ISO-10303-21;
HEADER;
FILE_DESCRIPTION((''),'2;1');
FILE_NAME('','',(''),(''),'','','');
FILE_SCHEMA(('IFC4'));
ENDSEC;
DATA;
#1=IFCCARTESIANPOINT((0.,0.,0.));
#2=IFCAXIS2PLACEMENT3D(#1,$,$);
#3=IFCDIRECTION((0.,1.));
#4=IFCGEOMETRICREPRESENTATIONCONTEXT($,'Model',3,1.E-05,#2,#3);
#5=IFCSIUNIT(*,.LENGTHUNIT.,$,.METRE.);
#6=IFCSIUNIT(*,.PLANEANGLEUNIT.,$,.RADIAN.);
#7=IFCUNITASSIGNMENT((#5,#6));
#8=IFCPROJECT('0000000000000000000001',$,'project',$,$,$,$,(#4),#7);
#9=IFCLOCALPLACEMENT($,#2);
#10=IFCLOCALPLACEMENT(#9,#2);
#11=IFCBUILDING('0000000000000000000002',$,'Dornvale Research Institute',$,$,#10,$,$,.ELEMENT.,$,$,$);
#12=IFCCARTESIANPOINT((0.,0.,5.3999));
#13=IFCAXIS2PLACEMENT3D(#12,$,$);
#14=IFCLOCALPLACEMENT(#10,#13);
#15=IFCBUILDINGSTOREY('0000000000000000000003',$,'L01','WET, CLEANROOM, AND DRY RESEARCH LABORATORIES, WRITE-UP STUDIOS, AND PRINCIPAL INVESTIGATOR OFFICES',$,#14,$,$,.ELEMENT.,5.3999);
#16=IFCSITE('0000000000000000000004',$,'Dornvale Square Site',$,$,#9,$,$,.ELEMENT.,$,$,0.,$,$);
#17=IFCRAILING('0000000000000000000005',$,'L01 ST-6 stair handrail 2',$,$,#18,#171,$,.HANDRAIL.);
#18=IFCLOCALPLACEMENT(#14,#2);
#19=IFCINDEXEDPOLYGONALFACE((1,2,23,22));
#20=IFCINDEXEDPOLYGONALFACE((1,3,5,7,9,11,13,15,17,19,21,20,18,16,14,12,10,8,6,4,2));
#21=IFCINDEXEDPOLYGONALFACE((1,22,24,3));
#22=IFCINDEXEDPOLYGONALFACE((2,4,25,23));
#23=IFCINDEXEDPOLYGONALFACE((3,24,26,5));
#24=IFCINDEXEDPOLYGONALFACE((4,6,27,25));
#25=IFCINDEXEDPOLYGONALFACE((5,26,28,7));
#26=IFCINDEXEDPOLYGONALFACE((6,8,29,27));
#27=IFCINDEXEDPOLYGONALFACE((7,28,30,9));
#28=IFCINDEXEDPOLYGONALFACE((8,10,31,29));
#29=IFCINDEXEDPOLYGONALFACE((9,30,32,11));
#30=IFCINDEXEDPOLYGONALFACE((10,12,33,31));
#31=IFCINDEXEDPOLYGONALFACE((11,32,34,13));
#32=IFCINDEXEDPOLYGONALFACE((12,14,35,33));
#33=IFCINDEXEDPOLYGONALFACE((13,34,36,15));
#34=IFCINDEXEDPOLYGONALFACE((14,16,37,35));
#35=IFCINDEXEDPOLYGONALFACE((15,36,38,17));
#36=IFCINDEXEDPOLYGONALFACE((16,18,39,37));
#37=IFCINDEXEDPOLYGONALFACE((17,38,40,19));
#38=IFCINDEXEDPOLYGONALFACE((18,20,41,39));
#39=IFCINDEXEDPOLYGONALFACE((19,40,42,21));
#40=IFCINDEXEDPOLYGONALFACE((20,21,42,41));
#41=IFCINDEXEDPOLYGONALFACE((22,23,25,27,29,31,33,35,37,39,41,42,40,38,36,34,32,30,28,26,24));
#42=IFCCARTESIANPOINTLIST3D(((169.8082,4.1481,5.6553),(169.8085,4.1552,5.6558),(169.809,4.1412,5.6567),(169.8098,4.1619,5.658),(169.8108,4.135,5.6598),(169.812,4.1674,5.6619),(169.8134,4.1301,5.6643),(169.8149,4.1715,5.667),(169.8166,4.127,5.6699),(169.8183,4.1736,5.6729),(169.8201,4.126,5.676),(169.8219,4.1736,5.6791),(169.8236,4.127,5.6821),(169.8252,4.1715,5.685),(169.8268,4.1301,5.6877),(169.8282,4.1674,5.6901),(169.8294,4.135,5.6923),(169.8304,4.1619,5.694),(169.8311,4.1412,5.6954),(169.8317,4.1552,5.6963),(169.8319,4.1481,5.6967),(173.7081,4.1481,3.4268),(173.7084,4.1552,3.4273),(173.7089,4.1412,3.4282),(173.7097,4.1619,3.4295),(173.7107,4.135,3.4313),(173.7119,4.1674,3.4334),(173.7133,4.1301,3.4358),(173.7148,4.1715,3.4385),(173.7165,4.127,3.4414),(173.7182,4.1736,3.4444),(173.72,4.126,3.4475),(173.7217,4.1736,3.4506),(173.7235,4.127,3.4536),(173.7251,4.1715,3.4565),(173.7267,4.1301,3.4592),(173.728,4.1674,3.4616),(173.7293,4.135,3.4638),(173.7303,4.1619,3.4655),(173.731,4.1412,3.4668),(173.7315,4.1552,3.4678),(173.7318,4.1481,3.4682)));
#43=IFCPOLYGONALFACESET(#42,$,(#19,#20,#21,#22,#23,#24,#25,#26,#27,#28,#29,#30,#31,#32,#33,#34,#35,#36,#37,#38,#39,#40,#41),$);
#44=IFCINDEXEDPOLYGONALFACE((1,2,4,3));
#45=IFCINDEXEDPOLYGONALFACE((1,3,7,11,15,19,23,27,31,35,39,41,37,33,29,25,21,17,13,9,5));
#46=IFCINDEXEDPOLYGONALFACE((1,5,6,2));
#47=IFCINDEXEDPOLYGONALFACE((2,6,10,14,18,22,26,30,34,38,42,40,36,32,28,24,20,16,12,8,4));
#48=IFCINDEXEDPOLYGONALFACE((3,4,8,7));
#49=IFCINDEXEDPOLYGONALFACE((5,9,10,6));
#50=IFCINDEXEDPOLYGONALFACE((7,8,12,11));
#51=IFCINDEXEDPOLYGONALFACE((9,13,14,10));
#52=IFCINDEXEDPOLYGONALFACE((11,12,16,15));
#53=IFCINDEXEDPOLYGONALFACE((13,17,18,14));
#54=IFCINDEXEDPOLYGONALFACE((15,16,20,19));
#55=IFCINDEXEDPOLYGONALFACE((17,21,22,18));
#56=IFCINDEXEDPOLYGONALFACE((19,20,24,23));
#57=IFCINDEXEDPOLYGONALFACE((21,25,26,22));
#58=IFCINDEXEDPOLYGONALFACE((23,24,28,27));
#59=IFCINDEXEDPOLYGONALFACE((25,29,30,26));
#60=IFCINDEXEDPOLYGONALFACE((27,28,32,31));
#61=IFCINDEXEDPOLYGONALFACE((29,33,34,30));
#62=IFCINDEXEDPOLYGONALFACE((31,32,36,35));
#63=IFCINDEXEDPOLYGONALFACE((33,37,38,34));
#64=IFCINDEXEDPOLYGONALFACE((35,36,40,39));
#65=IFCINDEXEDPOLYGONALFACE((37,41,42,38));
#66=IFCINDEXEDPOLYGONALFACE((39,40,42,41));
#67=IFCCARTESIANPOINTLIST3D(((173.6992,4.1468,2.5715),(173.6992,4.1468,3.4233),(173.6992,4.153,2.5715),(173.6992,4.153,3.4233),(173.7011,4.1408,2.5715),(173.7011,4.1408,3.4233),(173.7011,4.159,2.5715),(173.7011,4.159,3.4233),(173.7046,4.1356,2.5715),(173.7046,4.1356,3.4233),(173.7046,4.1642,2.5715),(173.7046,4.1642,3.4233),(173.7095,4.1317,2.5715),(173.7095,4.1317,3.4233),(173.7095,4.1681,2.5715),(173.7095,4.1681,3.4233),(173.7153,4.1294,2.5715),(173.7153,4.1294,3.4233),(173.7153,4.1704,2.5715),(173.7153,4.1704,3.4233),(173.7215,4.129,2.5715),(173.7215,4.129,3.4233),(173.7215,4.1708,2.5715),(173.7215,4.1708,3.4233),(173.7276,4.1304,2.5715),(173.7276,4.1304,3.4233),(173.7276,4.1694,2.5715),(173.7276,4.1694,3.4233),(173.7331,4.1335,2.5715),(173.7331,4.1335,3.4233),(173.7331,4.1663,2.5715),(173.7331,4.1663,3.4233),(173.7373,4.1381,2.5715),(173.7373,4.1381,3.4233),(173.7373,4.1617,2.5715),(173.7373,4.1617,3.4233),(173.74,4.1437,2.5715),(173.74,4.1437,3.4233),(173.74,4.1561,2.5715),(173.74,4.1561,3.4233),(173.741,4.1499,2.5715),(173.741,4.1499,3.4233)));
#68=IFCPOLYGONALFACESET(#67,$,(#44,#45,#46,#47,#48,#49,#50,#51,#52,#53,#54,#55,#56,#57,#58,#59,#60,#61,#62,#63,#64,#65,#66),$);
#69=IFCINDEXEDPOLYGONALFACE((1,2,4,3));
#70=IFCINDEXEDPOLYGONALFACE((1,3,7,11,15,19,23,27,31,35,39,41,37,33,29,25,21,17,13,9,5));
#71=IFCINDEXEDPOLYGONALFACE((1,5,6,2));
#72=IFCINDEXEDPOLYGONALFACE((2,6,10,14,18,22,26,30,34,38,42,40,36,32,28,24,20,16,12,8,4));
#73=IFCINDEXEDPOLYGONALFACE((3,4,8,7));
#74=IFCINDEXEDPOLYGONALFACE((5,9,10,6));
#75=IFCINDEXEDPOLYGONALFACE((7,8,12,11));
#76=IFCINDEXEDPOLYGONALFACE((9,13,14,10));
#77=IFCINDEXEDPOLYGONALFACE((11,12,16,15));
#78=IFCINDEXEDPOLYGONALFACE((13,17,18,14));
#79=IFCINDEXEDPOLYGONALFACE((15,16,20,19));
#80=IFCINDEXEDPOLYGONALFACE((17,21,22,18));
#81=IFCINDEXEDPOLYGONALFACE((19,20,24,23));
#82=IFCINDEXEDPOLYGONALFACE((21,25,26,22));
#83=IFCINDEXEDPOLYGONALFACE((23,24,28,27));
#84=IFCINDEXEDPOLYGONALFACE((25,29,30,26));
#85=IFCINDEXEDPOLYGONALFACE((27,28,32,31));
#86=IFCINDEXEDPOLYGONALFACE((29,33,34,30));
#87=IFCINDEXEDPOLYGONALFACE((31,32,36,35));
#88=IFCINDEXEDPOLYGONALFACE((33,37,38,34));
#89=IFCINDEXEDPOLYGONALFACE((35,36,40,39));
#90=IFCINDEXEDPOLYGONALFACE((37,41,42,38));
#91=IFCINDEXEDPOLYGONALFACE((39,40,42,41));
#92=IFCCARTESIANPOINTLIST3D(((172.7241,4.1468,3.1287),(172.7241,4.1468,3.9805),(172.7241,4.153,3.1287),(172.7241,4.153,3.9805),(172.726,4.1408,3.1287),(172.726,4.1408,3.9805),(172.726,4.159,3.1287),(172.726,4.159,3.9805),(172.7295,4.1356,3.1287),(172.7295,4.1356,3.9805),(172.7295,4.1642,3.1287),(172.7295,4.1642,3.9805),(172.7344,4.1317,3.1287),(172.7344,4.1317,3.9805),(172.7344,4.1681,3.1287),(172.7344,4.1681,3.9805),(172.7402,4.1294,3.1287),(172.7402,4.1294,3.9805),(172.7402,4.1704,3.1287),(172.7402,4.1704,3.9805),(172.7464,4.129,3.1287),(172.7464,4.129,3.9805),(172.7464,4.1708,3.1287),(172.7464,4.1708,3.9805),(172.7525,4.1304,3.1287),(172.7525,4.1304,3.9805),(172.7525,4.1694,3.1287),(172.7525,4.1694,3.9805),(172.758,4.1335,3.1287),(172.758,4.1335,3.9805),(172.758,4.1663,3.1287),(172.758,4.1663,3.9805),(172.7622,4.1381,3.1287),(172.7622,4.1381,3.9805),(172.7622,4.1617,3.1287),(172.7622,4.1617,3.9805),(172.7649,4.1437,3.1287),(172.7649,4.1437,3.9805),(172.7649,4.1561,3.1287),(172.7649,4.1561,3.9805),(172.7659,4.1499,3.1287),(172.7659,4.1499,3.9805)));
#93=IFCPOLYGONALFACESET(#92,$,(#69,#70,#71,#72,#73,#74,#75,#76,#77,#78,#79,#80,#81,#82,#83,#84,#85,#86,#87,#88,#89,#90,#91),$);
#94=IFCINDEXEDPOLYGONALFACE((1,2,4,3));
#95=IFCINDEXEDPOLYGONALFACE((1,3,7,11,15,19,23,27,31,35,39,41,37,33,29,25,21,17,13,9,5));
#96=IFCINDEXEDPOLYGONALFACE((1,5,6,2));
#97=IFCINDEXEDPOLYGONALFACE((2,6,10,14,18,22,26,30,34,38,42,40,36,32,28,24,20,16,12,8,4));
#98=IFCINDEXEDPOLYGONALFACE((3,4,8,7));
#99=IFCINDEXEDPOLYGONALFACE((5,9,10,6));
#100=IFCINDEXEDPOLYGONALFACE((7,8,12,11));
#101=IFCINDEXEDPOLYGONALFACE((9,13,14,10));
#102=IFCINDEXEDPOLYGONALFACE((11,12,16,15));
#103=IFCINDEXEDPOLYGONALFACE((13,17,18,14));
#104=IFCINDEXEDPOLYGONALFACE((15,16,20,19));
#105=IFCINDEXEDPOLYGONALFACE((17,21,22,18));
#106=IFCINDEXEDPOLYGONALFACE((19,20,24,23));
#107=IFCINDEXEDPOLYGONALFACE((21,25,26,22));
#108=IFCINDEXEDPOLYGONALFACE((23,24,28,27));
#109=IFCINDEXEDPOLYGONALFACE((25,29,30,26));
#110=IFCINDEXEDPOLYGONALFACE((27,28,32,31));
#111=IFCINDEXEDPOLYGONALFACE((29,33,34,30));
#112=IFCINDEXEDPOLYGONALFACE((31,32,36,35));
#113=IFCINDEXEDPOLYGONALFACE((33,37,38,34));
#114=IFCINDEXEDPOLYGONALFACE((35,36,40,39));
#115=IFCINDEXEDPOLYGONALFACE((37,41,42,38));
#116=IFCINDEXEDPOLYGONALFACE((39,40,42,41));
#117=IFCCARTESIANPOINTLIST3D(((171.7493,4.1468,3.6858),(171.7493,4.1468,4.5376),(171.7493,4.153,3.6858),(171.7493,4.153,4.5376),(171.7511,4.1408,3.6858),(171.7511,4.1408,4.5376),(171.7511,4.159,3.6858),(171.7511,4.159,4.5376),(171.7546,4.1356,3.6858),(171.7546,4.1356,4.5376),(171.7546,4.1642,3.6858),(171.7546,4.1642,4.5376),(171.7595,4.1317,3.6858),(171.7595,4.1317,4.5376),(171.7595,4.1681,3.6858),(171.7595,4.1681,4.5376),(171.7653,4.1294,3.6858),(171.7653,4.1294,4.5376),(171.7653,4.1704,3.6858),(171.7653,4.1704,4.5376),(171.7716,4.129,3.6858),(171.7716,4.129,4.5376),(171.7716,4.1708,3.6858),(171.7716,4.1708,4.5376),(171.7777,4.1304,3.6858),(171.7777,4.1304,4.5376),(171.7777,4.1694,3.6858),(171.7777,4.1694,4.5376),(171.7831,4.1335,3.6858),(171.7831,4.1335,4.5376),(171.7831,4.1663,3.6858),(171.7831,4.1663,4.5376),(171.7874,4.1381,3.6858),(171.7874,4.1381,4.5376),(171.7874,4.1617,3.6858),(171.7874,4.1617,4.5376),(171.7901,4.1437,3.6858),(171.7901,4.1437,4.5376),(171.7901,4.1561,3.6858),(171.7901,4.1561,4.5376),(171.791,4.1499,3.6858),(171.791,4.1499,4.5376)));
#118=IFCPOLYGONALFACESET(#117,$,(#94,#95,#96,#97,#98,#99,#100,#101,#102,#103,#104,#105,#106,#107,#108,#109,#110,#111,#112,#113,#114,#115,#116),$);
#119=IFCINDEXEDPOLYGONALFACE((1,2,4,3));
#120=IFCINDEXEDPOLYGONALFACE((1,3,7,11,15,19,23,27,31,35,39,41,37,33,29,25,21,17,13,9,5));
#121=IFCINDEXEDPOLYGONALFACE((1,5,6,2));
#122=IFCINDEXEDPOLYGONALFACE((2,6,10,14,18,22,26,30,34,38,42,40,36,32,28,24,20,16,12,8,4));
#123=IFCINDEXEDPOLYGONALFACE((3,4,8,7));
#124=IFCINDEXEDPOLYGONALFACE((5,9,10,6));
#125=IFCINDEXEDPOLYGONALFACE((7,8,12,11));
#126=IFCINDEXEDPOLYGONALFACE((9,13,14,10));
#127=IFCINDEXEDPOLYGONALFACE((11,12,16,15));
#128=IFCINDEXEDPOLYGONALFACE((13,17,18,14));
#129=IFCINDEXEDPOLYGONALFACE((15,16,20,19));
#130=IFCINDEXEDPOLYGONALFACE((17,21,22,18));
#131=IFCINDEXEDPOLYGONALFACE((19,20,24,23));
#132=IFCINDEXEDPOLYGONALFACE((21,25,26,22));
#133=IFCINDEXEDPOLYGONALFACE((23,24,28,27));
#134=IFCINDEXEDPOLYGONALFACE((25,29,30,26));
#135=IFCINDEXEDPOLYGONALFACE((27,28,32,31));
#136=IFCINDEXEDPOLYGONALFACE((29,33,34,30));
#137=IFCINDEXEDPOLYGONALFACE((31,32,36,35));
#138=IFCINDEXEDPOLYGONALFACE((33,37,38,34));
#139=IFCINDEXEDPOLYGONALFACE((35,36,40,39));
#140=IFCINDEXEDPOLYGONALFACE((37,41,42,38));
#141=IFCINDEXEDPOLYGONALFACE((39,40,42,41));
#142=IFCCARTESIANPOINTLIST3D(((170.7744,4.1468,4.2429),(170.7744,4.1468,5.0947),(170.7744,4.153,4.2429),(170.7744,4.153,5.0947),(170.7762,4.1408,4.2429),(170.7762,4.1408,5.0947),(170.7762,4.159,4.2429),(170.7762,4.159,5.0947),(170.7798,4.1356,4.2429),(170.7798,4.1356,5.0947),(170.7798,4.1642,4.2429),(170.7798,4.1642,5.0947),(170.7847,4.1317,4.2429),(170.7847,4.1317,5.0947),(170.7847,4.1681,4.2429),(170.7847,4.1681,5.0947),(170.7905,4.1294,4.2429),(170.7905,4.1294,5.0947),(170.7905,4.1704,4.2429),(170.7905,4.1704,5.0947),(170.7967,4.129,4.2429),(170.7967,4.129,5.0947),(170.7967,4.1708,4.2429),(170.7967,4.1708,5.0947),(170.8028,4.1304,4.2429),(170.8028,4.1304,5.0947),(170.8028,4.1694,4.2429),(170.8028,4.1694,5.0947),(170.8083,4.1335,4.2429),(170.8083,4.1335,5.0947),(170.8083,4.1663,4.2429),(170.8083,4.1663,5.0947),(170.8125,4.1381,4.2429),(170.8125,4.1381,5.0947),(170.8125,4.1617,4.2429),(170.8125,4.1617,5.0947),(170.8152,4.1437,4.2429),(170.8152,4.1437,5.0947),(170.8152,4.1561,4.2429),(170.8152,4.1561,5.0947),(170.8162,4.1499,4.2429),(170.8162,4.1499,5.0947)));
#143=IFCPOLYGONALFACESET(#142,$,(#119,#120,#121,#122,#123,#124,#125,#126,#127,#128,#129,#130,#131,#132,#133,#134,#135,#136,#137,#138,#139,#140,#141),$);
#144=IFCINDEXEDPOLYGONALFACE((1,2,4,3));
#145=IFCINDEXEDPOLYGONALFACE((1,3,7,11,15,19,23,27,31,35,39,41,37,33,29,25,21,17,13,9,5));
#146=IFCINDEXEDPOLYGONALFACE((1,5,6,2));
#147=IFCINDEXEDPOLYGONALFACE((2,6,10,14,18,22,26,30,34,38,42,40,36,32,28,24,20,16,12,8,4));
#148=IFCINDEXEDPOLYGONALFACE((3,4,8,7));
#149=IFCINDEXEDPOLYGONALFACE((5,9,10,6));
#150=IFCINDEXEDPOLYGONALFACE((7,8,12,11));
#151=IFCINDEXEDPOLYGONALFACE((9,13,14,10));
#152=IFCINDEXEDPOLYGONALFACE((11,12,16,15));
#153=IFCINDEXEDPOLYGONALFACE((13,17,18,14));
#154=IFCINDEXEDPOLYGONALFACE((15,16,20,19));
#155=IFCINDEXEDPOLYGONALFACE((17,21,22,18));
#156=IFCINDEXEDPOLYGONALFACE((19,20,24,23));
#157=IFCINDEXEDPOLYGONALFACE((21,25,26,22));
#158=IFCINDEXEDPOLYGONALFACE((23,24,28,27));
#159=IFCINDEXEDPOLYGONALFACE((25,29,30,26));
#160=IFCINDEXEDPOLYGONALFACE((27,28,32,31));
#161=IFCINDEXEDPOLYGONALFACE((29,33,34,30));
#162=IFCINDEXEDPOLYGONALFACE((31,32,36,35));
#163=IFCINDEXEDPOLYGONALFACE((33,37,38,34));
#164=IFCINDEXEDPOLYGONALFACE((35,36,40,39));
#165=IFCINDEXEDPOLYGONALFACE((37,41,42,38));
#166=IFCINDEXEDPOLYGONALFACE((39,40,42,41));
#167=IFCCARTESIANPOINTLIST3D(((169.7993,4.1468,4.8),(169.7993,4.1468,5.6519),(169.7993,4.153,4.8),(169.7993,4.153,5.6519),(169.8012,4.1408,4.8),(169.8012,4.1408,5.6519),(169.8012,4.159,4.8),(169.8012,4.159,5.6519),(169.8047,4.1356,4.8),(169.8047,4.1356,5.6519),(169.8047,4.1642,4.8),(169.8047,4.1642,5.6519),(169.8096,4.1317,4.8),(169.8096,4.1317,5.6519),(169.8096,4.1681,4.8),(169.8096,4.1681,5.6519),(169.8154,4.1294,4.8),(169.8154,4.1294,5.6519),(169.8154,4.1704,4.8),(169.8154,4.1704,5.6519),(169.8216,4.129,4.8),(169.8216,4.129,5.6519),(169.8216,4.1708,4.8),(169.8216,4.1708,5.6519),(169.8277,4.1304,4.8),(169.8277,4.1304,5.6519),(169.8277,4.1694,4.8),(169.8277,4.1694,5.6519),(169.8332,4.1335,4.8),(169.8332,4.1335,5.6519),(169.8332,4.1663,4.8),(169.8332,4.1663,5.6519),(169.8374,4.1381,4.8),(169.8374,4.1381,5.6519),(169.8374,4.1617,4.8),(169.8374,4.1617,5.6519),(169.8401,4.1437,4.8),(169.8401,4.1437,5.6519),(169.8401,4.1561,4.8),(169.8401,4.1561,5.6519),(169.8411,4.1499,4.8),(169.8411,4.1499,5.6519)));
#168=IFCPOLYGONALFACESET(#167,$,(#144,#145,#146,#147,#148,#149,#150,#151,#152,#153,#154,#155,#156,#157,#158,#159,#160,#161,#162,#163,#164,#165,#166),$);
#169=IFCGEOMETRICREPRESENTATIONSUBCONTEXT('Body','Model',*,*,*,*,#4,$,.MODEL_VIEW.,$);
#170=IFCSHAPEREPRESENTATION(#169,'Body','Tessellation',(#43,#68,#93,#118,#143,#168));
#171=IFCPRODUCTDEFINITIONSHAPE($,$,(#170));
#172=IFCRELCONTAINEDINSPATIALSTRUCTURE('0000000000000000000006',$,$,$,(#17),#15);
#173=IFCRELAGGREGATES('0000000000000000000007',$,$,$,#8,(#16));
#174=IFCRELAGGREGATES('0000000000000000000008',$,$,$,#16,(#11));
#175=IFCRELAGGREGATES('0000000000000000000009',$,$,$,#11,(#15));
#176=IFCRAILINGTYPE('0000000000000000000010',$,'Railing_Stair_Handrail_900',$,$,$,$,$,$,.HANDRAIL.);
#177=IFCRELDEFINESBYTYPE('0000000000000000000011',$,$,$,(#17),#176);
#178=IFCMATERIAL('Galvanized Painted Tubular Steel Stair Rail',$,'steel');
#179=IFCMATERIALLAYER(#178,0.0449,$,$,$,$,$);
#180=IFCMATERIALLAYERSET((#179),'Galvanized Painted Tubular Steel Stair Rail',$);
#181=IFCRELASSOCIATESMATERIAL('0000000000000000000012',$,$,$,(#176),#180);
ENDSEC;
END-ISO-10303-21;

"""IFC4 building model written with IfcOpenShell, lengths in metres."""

from ifc_helpers import new_model, si_unit, direction, frame, origin, origin_2d, place, context, subcontext, project, spatial, circle, extrude, material, layer, layer_set, type_object, element, save


model = new_model("IFC4")

# Units and contexts
model_context = context("Model", 3, precision=1e-05, world=origin(), true_north=direction((0.0, 1.0)))
body_context = subcontext(model_context, "Body", "Model", "MODEL_VIEW")
ifc_project = project(units=[si_unit("LENGTHUNIT", "METRE"), si_unit("PLANEANGLEUNIT", "RADIAN")], contexts=[model_context])

# Site, building, storey
site_placement = place(None, origin())
site = spatial("IfcSite", under=ifc_project, at=site_placement, Name="Dornvale Square Site", CompositionType="ELEMENT", RefElevation=0.0)
building_placement = place(site_placement, origin())
building = spatial("IfcBuilding", under=site, at=building_placement, Name="Dornvale Research Institute", CompositionType="ELEMENT")
storey_placement = place(building_placement, frame((0.0, 0.0, 5.3999)))
storey = spatial("IfcBuildingStorey", under=building, at=storey_placement, Name="L01", Description="WET, CLEANROOM, AND DRY RESEARCH LABORATORIES, WRITE-UP STUDIOS, AND PRINCIPAL INVESTIGATOR OFFICES", CompositionType="ELEMENT", Elevation=5.3999)

# Railing
ifc_material_1 = material(Name="Galvanized Painted Tubular Steel Stair Rail", Category="steel")
ifc_layer_1 = layer(ifc_material_1, 0.0449)
ifc_layer_set_1 = layer_set([ifc_layer_1], Name="Galvanized Painted Tubular Steel Stair Rail")
railing_type_1 = type_object("IfcRailingType", Name="Railing_Stair_Handrail_900", PredefinedType="HANDRAIL", material=ifc_layer_set_1)
railing_1_placement = place(storey_placement, frame((173.72, 4.1499, 2.5715)))
element("IfcRailing", 1, at=railing_1_placement, inside=storey, type_object=railing_type_1, Name="L01 ST-6 stair handrail 2", PredefinedType="HANDRAIL", context=body_context, shape_type="SweptSolid", body=[
    extrude(circle(Radius=0.0239, at=origin_2d()), frame((0.0, 0.0, 0.876), z_axis=(-0.868243, 0.0, 0.496139), x_axis=(0.0, -1.0, 0.0)), (0.0, 0.0, 1.0), 4.4917),
    extrude(circle(Radius=0.021, at=origin_2d()), origin(), (0.0, 0.0, 1.0), 0.8518),
    extrude(circle(Radius=0.021, at=origin_2d()), frame((-0.9751, 0.0, 0.5571)), (0.0, 0.0, 1.0), 0.8518),
    extrude(circle(Radius=0.021, at=origin_2d()), frame((-1.95, 0.0, 1.1143)), (0.0, 0.0, 1.0), 0.8518),
    extrude(circle(Radius=0.021, at=origin_2d()), frame((-2.9248, 0.0, 1.6714)), (0.0, 0.0, 1.0), 0.8518),
    extrude(circle(Radius=0.021, at=origin_2d()), frame((-3.8999, 0.0, 2.2285)), (0.0, 0.0, 1.0), 0.8518),
])

save(model, "model.ifc")
